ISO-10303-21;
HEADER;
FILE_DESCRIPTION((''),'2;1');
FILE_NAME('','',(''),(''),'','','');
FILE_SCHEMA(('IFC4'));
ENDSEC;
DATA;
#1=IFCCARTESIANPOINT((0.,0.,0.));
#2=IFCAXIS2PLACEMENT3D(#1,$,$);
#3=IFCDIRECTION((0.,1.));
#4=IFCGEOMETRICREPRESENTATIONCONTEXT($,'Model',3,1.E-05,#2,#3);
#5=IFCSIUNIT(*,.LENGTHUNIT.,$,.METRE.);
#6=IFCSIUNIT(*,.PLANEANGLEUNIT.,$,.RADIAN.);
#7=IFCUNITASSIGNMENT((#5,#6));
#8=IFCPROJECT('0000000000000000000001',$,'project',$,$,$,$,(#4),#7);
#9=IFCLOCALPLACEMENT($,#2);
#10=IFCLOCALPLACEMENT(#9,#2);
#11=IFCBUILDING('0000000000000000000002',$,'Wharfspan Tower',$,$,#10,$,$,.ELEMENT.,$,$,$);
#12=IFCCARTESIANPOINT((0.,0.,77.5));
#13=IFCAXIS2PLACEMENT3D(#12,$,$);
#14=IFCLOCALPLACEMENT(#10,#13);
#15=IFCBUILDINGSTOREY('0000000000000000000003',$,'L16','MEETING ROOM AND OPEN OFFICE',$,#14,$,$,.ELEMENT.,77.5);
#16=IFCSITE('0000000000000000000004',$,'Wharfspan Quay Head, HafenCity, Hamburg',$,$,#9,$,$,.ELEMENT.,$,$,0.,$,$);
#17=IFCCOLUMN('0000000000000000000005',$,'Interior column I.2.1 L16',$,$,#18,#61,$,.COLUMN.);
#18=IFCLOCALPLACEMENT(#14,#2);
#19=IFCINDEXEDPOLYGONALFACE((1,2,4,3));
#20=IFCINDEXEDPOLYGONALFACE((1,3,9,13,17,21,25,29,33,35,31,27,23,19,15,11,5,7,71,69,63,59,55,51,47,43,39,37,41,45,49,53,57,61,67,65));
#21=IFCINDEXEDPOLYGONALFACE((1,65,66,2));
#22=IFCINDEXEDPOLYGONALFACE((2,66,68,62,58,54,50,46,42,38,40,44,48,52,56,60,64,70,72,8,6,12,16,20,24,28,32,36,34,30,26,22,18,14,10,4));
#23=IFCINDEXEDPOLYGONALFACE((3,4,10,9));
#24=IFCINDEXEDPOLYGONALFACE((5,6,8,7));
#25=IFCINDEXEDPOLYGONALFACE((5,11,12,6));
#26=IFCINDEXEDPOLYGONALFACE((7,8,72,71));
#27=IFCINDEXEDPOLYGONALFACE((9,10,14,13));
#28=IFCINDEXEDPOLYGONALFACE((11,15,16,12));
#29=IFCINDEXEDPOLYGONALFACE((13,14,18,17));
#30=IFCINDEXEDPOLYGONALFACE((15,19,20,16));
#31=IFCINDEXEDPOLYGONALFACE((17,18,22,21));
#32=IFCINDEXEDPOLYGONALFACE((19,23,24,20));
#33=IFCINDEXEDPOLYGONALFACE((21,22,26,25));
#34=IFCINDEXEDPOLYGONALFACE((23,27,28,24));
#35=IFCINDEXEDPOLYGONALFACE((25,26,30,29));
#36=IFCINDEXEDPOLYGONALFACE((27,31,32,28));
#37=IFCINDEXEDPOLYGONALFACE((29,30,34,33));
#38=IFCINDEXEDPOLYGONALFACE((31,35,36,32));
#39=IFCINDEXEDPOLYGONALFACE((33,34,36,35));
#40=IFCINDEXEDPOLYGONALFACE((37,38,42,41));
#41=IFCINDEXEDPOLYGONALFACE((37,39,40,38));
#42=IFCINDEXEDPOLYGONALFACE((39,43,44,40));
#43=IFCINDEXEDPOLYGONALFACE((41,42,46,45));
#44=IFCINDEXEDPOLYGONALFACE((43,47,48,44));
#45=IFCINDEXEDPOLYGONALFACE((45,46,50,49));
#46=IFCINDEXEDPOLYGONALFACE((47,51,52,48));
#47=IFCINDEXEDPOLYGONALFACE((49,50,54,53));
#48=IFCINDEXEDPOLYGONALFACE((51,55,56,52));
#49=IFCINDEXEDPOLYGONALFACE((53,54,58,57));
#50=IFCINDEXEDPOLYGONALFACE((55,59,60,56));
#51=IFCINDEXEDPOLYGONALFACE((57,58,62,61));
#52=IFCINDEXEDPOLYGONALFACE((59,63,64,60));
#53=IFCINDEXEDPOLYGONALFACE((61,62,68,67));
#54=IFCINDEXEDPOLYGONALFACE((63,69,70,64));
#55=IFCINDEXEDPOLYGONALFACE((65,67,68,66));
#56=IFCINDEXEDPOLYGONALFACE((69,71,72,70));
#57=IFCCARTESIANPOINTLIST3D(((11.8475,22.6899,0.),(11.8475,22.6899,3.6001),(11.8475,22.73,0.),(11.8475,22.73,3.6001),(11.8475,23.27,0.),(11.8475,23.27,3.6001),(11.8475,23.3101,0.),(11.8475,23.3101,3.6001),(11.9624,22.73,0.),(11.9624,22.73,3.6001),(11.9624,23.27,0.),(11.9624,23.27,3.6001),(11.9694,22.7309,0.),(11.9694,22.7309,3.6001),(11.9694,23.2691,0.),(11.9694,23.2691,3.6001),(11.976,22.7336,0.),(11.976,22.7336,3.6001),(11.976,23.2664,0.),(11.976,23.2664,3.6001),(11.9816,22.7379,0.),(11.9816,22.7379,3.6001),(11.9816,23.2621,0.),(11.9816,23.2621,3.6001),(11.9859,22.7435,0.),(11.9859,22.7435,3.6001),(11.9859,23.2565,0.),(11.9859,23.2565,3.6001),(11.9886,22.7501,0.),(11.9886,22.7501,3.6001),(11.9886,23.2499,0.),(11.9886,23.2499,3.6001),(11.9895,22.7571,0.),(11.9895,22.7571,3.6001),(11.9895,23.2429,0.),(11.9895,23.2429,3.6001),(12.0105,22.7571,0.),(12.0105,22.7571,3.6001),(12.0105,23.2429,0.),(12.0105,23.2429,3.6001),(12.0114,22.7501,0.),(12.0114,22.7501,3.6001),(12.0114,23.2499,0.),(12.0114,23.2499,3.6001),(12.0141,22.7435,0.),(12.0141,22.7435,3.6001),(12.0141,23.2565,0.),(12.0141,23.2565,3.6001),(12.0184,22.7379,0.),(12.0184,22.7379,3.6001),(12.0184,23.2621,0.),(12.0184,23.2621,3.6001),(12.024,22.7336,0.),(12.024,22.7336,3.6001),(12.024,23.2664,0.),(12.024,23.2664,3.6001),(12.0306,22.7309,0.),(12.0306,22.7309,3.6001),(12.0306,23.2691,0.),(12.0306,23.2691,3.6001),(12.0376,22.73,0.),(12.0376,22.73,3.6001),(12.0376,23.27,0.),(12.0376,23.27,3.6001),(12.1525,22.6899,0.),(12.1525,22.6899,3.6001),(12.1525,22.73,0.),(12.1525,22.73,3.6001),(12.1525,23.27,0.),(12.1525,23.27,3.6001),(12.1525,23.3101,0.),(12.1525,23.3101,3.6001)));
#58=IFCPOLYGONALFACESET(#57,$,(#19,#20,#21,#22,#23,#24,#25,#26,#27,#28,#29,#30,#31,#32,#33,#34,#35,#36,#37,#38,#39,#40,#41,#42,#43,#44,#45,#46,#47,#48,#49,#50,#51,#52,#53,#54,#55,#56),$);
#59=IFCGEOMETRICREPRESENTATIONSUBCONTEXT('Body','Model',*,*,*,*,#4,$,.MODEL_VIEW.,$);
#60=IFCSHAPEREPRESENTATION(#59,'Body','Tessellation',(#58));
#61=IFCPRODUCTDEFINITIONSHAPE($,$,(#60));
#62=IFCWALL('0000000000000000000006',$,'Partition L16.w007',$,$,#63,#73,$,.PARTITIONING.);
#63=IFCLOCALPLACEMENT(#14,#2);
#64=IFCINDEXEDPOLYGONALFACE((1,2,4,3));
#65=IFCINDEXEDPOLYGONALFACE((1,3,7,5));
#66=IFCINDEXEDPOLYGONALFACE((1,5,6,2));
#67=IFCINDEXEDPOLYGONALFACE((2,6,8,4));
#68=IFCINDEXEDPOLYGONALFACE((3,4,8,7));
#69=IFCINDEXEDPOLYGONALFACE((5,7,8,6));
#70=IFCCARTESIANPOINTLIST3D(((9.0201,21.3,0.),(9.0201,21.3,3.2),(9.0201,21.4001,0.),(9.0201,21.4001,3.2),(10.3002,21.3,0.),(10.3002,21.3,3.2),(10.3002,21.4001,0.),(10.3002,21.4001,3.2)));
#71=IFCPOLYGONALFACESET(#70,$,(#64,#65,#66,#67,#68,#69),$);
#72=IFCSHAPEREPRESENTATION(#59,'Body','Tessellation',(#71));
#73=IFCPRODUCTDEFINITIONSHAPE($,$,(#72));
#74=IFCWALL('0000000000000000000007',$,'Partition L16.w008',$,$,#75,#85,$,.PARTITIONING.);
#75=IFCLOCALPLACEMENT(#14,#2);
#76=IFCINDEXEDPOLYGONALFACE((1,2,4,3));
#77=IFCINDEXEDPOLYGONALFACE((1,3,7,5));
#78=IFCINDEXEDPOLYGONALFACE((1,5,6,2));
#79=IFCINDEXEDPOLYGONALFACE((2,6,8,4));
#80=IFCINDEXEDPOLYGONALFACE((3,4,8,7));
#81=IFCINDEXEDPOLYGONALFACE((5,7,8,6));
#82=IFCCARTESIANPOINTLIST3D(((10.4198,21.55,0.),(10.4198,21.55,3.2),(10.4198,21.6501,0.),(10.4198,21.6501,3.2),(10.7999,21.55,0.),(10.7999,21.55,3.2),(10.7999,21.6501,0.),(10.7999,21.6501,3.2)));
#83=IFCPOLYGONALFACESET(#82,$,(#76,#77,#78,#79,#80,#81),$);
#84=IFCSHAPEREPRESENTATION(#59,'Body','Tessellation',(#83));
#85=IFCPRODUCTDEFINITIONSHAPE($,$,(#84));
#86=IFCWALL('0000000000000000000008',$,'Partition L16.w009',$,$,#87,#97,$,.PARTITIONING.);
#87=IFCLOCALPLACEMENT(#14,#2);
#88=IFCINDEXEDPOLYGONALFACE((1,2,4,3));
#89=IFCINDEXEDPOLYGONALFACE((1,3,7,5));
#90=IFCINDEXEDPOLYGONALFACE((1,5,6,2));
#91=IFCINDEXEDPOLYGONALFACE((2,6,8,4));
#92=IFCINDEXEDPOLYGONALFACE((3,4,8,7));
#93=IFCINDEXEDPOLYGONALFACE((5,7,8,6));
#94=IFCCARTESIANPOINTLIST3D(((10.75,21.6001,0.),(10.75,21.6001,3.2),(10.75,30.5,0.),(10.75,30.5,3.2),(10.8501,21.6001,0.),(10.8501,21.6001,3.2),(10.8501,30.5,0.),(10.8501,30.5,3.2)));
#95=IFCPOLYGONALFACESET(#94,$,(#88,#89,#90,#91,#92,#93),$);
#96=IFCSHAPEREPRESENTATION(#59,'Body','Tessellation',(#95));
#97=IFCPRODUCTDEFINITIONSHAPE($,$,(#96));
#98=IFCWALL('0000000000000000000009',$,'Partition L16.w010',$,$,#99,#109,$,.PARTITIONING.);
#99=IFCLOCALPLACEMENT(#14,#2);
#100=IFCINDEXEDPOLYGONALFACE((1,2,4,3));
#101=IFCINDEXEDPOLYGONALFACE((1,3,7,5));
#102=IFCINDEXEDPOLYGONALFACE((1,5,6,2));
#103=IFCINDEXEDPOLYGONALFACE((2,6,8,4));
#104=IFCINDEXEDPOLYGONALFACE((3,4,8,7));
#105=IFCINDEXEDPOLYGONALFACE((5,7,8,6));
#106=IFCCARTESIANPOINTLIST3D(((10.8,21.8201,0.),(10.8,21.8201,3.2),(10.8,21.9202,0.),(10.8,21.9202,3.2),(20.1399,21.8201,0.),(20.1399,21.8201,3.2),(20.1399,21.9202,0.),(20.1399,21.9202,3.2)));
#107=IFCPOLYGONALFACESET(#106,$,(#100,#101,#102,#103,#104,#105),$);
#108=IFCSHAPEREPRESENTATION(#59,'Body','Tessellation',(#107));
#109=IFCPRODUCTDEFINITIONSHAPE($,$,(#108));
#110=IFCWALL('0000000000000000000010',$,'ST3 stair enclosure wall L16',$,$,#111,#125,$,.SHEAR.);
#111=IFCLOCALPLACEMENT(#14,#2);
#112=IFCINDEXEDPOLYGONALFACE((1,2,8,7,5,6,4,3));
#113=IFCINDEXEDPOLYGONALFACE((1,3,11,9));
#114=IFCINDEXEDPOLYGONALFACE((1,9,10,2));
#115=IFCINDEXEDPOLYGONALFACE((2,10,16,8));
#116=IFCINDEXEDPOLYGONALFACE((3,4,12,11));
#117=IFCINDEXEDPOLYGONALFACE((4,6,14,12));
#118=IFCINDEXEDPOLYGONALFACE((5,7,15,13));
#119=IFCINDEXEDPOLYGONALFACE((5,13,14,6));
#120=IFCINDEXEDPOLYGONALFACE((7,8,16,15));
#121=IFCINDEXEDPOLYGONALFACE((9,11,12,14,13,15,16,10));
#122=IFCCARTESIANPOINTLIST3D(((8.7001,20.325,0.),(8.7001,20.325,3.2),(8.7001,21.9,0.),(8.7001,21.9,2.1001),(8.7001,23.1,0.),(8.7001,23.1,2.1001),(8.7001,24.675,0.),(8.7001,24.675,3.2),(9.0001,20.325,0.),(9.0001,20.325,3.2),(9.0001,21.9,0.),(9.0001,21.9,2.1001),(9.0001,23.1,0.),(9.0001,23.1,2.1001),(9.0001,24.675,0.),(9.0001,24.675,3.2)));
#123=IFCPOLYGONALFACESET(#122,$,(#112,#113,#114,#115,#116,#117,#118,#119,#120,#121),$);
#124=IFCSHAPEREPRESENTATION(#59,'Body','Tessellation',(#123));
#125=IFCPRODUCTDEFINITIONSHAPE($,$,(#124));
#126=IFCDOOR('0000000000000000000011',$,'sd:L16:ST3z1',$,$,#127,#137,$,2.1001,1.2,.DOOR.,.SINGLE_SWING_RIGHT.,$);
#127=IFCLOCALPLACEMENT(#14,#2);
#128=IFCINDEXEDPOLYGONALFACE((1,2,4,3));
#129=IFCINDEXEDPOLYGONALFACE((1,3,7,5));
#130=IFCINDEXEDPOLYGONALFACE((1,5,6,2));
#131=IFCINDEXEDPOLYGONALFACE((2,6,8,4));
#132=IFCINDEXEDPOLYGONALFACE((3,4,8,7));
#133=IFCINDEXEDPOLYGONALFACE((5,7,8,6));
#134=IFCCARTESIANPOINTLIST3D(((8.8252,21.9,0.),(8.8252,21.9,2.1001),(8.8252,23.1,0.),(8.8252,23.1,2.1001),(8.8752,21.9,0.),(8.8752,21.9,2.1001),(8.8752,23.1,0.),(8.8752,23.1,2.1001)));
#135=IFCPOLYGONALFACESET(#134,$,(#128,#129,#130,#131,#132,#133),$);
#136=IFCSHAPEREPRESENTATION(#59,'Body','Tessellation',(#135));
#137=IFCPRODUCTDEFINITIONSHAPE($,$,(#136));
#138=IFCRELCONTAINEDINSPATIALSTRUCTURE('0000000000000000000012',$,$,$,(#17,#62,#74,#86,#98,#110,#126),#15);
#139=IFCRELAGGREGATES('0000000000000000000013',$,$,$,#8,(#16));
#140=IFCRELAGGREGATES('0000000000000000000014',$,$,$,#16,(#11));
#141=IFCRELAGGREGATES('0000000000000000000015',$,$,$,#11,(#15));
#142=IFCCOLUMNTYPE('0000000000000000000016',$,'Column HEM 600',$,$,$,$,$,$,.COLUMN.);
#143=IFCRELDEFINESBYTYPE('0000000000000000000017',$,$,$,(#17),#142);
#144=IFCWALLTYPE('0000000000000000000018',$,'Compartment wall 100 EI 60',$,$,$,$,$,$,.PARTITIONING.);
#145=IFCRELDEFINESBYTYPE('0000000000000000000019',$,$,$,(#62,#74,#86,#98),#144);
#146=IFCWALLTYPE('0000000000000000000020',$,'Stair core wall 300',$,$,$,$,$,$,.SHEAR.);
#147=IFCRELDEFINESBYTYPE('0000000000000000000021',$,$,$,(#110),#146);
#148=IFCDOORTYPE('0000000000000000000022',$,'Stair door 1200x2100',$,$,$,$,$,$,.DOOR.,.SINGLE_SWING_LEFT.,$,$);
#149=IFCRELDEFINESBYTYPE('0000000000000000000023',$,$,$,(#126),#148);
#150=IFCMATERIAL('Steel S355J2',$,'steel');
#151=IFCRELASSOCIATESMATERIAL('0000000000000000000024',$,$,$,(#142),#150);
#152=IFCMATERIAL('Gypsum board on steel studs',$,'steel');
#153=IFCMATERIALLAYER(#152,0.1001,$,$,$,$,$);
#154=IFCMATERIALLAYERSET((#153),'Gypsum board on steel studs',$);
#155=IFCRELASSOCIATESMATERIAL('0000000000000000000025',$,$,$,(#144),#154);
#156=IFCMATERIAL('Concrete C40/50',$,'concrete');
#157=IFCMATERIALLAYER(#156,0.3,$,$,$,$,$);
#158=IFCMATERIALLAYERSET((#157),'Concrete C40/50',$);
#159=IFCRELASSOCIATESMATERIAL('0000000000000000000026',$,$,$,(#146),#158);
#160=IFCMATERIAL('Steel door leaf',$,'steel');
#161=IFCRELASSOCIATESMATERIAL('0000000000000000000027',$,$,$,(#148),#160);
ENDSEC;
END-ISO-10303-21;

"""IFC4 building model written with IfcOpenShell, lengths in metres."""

from ifc_helpers import new_model, si_unit, direction, frame, frame_2d, origin, origin_2d, place, context, subcontext, project, spatial, rectangle, i_section, extrude, material, layer, layer_set, material_profile, profile_set, type_object, element, fill, save


model = new_model("IFC4")

# Units and contexts
model_context = context("Model", 3, precision=1e-05, world=origin(), true_north=direction((0.0, 1.0)))
body_context = subcontext(model_context, "Body", "Model", "MODEL_VIEW")
ifc_project = project(units=[si_unit("LENGTHUNIT", "METRE"), si_unit("PLANEANGLEUNIT", "RADIAN")], contexts=[model_context])

# Site, building, storey
site_placement = place(None, origin())
site = spatial("IfcSite", under=ifc_project, at=site_placement, Name="Wharfspan Quay Head, HafenCity, Hamburg", CompositionType="ELEMENT", RefElevation=0.0)
building_placement = place(site_placement, origin())
building = spatial("IfcBuilding", under=site, at=building_placement, Name="Wharfspan Tower", CompositionType="ELEMENT")
storey_placement = place(building_placement, frame((0.0, 0.0, 77.5)))
storey = spatial("IfcBuildingStorey", under=building, at=storey_placement, Name="L16", Description="MEETING ROOM AND OPEN OFFICE", CompositionType="ELEMENT", Elevation=77.5)

# Column
ifc_material_1 = material(Name="Steel S355J2", Category="steel")
ifc_material_profile = material_profile(ifc_material_1, i_section(OverallWidth=0.3049, OverallDepth=0.6201, WebThickness=0.021, FlangeThickness=0.04, FilletRadius=0.0271, at=origin_2d()))
ifc_profile_set = profile_set([ifc_material_profile], Name="Steel S355J2")
column_type = type_object("IfcColumnType", Name="Column HEM 600", PredefinedType="COLUMN", material=ifc_profile_set)
column_placement = place(storey_placement, frame((12.0, 23.0, 0.0), z_axis=(0.0, 0.0, 1.0), x_axis=(1.0, 0.0, 0.0)))
element("IfcColumn", 1, at=column_placement, inside=storey, type_object=column_type, Name="Interior column I.2.1 L16", PredefinedType="COLUMN", context=body_context, shape_type="SweptSolid", body=[
    extrude(i_section(OverallWidth=0.3049, OverallDepth=0.6201, WebThickness=0.021, FlangeThickness=0.04, FilletRadius=0.0271, at=origin_2d()), origin(), (0.0, 0.0, 1.0), 3.6001),
])

# Walls
ifc_material_2 = material(Name="Gypsum board on steel studs", Category="steel")
ifc_layer_1 = layer(ifc_material_2, 0.1001)
ifc_layer_set_1 = layer_set([ifc_layer_1], Name="Gypsum board on steel studs")
wall_type_1 = type_object("IfcWallType", Name="Compartment wall 100 EI 60", PredefinedType="PARTITIONING", material=ifc_layer_set_1)
wall_1_placement = place(storey_placement, frame((9.02, 21.3501, 0.0), z_axis=(0.0, 0.0, 1.0), x_axis=(1.0, 0.0, 0.0)))
element("IfcWall", 2, at=wall_1_placement, inside=storey, type_object=wall_type_1, Name="Partition L16.w007", PredefinedType="PARTITIONING", context=body_context, shape_type="SweptSolid", body=[
    extrude(rectangle(XDim=1.28, YDim=0.1001, at=frame_2d((0.6401, 0.0))), origin(), (0.0, 0.0, 1.0), 3.2),
])
wall_2_placement = place(storey_placement, frame((10.4199, 21.6001, 0.0), z_axis=(0.0, 0.0, 1.0), x_axis=(1.0, 0.0, 0.0)))
element("IfcWall", 3, at=wall_2_placement, inside=storey, type_object=wall_type_1, Name="Partition L16.w008", PredefinedType="PARTITIONING", context=body_context, shape_type="SweptSolid", body=[
    extrude(rectangle(XDim=0.3801, YDim=0.1001, at=frame_2d((0.1899, 0.0))), origin(), (0.0, 0.0, 1.0), 3.2),
])
wall_3_placement = place(storey_placement, frame((10.8, 21.6001, 0.0), z_axis=(0.0, 0.0, 1.0), x_axis=(0.0, 1.0, 0.0)))
element("IfcWall", 4, at=wall_3_placement, inside=storey, type_object=wall_type_1, Name="Partition L16.w009", PredefinedType="PARTITIONING", context=body_context, shape_type="SweptSolid", body=[
    extrude(rectangle(XDim=8.8999, YDim=0.1001, at=frame_2d((4.45, 0.0))), origin(), (0.0, 0.0, 1.0), 3.2),
])
wall_4_placement = place(storey_placement, frame((10.8, 21.8701, 0.0), z_axis=(0.0, 0.0, 1.0), x_axis=(1.0, 0.0, 0.0)))
element("IfcWall", 5, at=wall_4_placement, inside=storey, type_object=wall_type_1, Name="Partition L16.w010", PredefinedType="PARTITIONING", context=body_context, shape_type="SweptSolid", body=[
    extrude(rectangle(XDim=9.3398, YDim=0.1001, at=frame_2d((4.6699, 0.0))), origin(), (0.0, 0.0, 1.0), 3.2),
])

# Wall, opening, door
ifc_material_3 = material(Name="Concrete C40/50", Category="concrete")
ifc_layer_2 = layer(ifc_material_3, 0.3)
ifc_layer_set_2 = layer_set([ifc_layer_2], Name="Concrete C40/50")
wall_type_2 = type_object("IfcWallType", Name="Stair core wall 300", PredefinedType="SHEAR", material=ifc_layer_set_2)
wall_5_placement = place(storey_placement, frame((8.8501, 20.325, 0.0), z_axis=(0.0, 0.0, 1.0), x_axis=(0.0, 1.0, 0.0)))
wall_5 = element("IfcWall", 6, at=wall_5_placement, inside=storey, type_object=wall_type_2, Name="ST3 stair enclosure wall L16", PredefinedType="SHEAR", context=body_context, shape_type="SweptSolid", body=[
    extrude(rectangle(XDim=4.3501, YDim=0.3, at=frame_2d((2.175, 0.0))), origin(), (0.0, 0.0, 1.0), 3.2),
])
opening_placement = place(wall_5_placement, frame((1.575, 0.0, 0.0)))
opening = element("IfcOpeningElement", 7, at=opening_placement, cuts=wall_5, PredefinedType="OPENING", context=body_context, shape_type="SweptSolid", body=[
    extrude(rectangle(XDim=1.2, YDim=2.1001, at=frame_2d((0.6001, 1.05))), frame((0.0, 0.1599, 0.0), z_axis=(0.0, -1.0, 0.0), x_axis=(1.0, 0.0, 0.0)), (0.0, 0.0, 1.0), 0.3201),
])
ifc_material_4 = material(Name="Steel door leaf", Category="steel")
door_type = type_object("IfcDoorType", Name="Stair door 1200x2100", OperationType="SINGLE_SWING_LEFT", PredefinedType="DOOR", material=ifc_material_4)
door_placement = place(opening_placement, origin())
door = element("IfcDoor", 8, at=door_placement, inside=storey, type_object=door_type, Name="sd:L16:ST3z1", OperationType="SINGLE_SWING_RIGHT", OverallHeight=2.1001, OverallWidth=1.2, PredefinedType="DOOR", context=body_context, shape_type="SweptSolid", body=[
    extrude(rectangle(XDim=1.2, YDim=2.1001, at=frame_2d((0.6001, 1.05))), frame((0.0, 0.0249, 0.0), z_axis=(0.0, -1.0, 0.0), x_axis=(1.0, 0.0, 0.0)), (0.0, 0.0, 1.0), 0.05),
])
fill(opening, door)

save(model, "model.ifc")
